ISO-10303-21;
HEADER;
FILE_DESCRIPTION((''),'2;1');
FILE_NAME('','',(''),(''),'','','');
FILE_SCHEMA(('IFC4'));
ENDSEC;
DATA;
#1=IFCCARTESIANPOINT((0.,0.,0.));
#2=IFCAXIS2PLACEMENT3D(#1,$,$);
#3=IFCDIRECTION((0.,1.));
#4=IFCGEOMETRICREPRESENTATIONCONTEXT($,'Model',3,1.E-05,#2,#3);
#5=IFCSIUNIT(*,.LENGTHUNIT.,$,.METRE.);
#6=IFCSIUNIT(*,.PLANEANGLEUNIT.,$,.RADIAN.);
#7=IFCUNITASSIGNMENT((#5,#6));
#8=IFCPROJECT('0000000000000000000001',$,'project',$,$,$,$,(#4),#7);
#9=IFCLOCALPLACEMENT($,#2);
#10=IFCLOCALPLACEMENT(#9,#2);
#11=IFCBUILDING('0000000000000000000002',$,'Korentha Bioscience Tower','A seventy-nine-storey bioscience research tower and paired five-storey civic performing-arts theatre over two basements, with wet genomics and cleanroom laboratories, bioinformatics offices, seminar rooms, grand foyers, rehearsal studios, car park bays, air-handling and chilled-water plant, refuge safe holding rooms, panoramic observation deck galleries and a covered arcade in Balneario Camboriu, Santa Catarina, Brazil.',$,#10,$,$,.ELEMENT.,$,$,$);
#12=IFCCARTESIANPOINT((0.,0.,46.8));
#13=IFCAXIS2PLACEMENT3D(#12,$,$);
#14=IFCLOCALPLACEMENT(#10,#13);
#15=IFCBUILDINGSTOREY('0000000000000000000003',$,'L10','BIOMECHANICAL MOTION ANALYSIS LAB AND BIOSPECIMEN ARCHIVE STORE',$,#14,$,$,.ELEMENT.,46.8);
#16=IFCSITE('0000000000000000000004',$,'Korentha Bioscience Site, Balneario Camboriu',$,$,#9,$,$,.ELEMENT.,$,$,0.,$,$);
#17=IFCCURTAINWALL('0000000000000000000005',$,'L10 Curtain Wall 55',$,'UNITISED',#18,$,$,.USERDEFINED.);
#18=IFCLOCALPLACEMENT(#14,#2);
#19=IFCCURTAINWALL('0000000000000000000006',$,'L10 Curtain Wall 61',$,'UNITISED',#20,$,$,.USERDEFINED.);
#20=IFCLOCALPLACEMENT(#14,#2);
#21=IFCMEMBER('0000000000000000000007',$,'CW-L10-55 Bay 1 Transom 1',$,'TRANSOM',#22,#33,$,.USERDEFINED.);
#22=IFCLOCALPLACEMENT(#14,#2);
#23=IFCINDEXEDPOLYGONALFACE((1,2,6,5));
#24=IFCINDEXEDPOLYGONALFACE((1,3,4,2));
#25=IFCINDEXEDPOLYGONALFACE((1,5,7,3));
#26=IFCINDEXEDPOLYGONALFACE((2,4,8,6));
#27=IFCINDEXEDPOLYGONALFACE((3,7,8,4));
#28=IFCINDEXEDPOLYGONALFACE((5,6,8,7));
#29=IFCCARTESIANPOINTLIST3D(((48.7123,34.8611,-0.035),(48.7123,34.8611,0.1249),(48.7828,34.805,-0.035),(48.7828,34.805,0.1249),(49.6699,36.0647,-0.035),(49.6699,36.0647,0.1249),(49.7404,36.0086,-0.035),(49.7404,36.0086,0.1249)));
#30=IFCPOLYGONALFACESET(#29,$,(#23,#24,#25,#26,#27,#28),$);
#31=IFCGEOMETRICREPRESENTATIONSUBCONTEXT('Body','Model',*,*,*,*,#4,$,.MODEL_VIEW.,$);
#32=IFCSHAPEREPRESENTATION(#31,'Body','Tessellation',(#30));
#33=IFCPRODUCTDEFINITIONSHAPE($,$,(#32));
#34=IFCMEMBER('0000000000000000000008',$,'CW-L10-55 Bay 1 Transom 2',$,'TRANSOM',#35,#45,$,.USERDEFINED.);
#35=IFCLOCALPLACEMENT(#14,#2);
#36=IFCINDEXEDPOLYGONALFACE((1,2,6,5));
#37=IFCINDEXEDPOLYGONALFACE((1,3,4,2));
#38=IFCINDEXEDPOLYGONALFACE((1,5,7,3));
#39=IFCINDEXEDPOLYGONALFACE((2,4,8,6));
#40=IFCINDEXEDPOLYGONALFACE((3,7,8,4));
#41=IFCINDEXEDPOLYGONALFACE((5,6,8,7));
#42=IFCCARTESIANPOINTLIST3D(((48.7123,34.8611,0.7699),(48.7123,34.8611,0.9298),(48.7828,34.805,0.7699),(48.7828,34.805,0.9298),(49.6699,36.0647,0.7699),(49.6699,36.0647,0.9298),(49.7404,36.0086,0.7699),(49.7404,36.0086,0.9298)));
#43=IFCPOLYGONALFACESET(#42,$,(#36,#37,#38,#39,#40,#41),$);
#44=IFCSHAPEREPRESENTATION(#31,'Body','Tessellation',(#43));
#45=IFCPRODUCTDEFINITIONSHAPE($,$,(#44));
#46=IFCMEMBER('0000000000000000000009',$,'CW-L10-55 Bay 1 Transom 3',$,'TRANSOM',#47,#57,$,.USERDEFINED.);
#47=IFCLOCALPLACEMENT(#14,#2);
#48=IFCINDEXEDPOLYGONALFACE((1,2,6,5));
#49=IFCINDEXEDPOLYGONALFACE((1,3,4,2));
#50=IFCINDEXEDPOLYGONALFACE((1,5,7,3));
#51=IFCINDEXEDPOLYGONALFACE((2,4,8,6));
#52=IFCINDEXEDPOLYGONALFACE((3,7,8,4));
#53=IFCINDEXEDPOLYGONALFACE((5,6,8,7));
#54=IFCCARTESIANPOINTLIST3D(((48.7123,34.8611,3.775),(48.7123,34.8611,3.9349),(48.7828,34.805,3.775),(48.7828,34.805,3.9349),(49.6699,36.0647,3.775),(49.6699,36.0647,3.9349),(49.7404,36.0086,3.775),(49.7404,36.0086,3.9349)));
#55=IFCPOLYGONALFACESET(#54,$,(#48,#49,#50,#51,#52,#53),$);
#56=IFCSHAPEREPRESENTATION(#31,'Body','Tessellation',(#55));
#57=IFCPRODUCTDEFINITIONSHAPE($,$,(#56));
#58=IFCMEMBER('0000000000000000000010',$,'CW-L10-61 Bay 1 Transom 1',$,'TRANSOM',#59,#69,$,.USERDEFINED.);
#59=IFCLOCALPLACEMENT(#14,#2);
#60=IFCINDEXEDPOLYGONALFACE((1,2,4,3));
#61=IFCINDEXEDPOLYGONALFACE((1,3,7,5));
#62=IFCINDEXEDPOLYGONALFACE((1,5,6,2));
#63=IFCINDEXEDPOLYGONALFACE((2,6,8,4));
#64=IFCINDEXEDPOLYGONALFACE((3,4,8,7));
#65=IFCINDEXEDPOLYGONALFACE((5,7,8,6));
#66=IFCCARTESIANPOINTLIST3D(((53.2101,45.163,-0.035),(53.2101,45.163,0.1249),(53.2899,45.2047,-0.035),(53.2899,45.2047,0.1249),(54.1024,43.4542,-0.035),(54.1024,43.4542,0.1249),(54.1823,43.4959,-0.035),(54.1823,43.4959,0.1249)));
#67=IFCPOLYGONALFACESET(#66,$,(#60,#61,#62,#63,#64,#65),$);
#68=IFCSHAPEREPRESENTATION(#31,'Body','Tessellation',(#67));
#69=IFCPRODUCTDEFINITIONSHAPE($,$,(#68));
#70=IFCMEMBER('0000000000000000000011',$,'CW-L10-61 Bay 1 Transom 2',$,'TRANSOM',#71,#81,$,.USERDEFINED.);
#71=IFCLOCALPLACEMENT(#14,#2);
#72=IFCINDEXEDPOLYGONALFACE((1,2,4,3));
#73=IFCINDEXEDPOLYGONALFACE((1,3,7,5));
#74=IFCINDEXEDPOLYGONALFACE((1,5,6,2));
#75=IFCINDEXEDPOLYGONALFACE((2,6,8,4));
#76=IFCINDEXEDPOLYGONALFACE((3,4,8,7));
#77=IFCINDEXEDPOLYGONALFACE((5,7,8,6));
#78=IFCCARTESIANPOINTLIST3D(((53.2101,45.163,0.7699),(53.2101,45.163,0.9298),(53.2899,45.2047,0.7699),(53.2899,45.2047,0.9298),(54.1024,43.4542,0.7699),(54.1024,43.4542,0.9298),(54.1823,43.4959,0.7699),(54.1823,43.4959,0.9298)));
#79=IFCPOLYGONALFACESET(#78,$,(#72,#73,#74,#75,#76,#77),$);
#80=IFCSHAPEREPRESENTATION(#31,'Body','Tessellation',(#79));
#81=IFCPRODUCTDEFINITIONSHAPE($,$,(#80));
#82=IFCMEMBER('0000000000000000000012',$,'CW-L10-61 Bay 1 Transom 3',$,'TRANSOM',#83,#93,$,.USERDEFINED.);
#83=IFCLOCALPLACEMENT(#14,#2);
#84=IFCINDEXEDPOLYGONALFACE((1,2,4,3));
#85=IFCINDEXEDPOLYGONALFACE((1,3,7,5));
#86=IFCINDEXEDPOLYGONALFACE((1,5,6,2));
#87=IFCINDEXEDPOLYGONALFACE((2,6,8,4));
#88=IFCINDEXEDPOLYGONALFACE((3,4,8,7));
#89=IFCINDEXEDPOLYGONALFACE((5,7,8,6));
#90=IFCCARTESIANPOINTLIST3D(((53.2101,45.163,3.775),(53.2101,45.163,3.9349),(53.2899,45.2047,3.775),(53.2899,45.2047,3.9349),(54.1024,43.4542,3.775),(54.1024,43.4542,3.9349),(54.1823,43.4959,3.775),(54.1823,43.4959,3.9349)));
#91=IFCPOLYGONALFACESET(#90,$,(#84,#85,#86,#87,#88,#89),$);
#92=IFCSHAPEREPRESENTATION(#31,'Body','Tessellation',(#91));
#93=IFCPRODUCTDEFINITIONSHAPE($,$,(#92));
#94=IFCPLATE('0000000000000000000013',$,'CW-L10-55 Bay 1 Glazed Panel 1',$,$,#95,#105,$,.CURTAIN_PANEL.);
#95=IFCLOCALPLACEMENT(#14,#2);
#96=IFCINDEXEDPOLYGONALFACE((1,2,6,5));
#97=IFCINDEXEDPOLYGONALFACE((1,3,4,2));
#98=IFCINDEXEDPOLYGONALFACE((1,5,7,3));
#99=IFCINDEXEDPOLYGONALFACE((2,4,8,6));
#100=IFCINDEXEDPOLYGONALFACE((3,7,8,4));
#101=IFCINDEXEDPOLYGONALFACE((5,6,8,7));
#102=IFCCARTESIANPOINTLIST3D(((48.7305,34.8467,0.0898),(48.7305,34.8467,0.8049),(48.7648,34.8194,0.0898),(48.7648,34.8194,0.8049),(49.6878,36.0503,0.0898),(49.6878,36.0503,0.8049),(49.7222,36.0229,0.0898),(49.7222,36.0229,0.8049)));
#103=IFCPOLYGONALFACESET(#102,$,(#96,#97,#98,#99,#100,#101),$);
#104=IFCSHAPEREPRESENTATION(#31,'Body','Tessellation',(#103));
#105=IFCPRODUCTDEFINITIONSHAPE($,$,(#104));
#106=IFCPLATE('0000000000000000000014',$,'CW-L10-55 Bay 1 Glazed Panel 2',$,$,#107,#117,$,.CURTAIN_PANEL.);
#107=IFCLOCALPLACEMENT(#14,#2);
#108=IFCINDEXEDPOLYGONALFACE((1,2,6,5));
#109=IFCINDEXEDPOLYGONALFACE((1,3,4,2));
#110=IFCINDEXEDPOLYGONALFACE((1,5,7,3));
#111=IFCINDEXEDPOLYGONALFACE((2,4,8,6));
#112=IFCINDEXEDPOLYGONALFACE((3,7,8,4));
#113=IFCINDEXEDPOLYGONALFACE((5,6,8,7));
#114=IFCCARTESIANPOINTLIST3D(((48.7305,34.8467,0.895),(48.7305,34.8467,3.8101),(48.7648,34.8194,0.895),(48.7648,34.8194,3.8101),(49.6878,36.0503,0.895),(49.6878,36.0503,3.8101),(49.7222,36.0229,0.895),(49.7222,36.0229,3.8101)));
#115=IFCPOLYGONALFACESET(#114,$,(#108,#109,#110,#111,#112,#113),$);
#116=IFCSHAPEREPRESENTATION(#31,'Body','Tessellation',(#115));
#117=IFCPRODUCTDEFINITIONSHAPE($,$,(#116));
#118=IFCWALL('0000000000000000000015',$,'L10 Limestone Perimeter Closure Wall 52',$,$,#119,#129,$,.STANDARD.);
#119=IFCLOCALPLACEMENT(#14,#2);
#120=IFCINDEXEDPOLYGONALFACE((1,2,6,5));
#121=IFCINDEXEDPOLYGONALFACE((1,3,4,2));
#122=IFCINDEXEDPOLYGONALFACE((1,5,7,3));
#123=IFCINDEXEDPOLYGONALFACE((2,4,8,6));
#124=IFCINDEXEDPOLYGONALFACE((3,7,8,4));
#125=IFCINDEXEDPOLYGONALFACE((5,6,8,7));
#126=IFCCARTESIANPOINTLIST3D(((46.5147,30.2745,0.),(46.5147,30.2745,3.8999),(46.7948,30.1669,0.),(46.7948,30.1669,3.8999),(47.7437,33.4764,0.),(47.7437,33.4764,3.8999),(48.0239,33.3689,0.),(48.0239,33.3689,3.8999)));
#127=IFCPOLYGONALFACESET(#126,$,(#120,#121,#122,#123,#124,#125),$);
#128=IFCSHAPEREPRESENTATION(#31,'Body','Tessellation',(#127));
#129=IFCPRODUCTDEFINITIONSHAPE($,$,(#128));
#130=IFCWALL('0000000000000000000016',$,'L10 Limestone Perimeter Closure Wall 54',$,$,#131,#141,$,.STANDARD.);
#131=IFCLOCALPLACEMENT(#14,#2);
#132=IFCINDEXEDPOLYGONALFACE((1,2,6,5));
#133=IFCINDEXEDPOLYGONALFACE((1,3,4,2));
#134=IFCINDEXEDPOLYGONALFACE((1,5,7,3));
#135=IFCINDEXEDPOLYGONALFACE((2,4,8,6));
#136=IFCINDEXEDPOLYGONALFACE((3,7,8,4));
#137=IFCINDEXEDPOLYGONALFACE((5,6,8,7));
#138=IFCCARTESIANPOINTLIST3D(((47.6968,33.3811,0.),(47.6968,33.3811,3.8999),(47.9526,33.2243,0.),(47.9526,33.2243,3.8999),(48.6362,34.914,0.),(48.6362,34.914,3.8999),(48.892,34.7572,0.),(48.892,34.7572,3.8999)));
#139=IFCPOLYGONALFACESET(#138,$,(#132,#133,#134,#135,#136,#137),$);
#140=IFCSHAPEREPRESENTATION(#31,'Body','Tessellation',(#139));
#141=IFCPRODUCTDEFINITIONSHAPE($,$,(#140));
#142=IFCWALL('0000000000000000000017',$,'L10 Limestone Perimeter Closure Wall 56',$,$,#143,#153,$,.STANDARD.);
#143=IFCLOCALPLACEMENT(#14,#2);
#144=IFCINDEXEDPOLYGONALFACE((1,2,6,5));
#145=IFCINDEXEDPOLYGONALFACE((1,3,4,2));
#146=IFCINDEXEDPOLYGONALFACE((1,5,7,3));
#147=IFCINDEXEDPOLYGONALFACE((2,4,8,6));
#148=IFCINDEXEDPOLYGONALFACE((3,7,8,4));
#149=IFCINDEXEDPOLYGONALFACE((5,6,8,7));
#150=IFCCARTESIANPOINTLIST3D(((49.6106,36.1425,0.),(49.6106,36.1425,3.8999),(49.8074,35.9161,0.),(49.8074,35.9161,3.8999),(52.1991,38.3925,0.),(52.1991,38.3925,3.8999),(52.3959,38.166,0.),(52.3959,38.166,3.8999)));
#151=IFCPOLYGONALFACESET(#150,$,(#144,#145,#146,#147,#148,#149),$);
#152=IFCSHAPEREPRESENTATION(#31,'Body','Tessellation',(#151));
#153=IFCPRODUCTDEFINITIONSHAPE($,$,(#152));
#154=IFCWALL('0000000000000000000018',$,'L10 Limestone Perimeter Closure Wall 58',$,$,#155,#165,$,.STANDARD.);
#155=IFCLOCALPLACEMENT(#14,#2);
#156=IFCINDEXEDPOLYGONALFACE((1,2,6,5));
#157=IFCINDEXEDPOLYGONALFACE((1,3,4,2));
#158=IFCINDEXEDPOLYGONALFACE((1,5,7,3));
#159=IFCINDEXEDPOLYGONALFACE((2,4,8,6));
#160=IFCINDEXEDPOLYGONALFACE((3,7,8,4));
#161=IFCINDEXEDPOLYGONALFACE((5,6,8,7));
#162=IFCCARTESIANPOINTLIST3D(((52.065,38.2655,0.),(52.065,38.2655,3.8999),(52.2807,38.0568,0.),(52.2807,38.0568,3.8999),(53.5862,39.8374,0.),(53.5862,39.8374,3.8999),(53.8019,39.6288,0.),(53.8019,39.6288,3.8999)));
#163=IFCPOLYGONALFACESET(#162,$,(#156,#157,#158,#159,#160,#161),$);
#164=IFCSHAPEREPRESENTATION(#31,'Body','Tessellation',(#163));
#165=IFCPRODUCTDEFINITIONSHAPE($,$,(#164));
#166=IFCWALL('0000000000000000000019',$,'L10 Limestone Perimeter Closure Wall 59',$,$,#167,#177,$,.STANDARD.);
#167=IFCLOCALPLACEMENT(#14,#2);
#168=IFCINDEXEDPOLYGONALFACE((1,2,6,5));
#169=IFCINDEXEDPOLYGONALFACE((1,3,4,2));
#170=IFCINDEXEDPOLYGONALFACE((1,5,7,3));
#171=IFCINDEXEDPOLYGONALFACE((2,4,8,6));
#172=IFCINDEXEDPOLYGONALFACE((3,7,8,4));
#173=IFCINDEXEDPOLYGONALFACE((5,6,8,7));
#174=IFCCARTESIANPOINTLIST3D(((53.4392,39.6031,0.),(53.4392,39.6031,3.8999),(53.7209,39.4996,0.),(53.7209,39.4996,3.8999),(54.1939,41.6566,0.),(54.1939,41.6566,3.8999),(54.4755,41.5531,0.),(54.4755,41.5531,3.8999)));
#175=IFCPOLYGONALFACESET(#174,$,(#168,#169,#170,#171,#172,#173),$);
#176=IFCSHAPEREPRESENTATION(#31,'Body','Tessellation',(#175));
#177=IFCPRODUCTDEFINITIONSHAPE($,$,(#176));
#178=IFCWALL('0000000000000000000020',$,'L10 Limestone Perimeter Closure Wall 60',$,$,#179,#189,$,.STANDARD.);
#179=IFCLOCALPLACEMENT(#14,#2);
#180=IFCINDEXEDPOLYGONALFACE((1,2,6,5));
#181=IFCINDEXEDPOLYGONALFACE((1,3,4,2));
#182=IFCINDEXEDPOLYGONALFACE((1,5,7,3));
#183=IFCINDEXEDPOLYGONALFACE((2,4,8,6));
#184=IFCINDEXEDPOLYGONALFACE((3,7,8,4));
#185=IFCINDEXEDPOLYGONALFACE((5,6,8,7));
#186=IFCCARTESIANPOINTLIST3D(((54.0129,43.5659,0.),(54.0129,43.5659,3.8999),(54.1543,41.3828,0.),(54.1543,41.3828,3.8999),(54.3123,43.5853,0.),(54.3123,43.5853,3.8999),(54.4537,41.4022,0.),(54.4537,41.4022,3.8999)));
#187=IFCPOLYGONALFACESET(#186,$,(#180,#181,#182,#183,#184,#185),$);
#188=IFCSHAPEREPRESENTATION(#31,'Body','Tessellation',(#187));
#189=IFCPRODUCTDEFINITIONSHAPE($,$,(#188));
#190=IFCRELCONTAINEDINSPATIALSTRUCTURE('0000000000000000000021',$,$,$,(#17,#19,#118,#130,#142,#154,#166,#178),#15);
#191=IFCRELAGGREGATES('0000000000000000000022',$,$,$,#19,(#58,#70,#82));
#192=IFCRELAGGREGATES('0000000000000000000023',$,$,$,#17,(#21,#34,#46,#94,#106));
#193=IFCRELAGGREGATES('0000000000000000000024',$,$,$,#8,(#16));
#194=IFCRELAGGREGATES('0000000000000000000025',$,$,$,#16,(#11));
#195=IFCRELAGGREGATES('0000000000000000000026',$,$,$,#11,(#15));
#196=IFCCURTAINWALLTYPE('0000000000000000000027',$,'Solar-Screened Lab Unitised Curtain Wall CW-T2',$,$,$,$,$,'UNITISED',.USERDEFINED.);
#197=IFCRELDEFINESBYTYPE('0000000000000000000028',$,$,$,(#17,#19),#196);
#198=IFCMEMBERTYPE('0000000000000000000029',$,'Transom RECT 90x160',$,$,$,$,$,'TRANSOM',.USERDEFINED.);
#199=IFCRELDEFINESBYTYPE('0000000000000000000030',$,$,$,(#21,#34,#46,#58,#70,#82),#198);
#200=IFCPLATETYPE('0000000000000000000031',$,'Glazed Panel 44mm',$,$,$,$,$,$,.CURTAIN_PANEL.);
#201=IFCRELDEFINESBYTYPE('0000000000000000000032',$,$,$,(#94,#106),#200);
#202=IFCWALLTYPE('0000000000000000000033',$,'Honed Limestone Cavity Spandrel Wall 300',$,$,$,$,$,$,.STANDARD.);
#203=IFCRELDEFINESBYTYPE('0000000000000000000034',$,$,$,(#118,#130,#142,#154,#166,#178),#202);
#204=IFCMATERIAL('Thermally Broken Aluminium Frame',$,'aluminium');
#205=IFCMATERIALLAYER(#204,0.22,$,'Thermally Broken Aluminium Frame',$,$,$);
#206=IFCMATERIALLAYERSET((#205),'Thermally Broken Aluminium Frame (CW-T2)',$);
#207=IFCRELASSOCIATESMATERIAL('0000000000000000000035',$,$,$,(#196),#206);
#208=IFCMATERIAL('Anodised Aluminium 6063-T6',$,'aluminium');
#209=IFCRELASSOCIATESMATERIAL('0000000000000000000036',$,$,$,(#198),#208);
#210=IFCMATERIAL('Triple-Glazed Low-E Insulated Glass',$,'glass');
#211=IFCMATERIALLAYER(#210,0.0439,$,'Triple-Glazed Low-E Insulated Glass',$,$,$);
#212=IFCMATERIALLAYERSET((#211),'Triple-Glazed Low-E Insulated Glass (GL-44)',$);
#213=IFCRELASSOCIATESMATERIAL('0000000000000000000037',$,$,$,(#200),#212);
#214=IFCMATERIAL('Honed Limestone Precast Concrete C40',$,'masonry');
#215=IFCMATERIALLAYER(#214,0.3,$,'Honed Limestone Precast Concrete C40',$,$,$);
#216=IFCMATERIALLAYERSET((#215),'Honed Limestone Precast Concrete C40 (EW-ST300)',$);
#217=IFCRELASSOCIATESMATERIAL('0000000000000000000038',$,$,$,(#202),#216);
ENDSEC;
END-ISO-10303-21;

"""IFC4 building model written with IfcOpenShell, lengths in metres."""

from ifc_helpers import new_model, si_unit, direction, frame, frame_2d, origin, origin_2d, place, context, subcontext, project, spatial, rectangle, extrude, material, layer, layer_set, material_profile, profile_set, type_object, element, aggregate, save


model = new_model("IFC4")

# Units and contexts
model_context = context("Model", 3, precision=1e-05, world=origin(), true_north=direction((0.0, 1.0)))
body_context = subcontext(model_context, "Body", "Model", "MODEL_VIEW")
ifc_project = project(units=[si_unit("LENGTHUNIT", "METRE"), si_unit("PLANEANGLEUNIT", "RADIAN")], contexts=[model_context])

# Site, building, storey
site_placement = place(None, origin())
site = spatial("IfcSite", under=ifc_project, at=site_placement, Name="Korentha Bioscience Site, Balneario Camboriu", CompositionType="ELEMENT", RefElevation=0.0)
building_placement = place(site_placement, origin())
building = spatial("IfcBuilding", under=site, at=building_placement, Name="Korentha Bioscience Tower", Description="A seventy-nine-storey bioscience research tower and paired five-storey civic performing-arts theatre over two basements, with wet genomics and cleanroom laboratories, bioinformatics offices, seminar rooms, grand foyers, rehearsal studios, car park bays, air-handling and chilled-water plant, refuge safe holding rooms, panoramic observation deck galleries and a covered arcade in Balneario Camboriu, Santa Catarina, Brazil.", CompositionType="ELEMENT")
storey_placement = place(building_placement, frame((0.0, 0.0, 46.8)))
storey = spatial("IfcBuildingStorey", under=building, at=storey_placement, Name="L10", Description="BIOMECHANICAL MOTION ANALYSIS LAB AND BIOSPECIMEN ARCHIVE STORE", CompositionType="ELEMENT", Elevation=46.8)

# Curtain wall
ifc_material_1 = material(Name="Thermally Broken Aluminium Frame", Category="aluminium")
ifc_layer_1 = layer(ifc_material_1, 0.22, Name="Thermally Broken Aluminium Frame")
ifc_layer_set_1 = layer_set([ifc_layer_1], Name="Thermally Broken Aluminium Frame (CW-T2)")
curtain_wall_type = type_object("IfcCurtainWallType", Name="Solar-Screened Lab Unitised Curtain Wall CW-T2", ElementType="UNITISED", PredefinedType="USERDEFINED", material=ifc_layer_set_1)
curtain_wall_1_placement = place(storey_placement, origin())
curtain_wall_1 = element("IfcCurtainWall", 1, at=curtain_wall_1_placement, inside=storey, type_object=curtain_wall_type, Name="L10 Curtain Wall 55", ObjectType="UNITISED", PredefinedType="USERDEFINED")
ifc_material_2 = material(Name="Anodised Aluminium 6063-T6", Category="aluminium")

# Curtain wall
curtain_wall_2_placement = place(storey_placement, origin())
curtain_wall_2 = element("IfcCurtainWall", 2, at=curtain_wall_2_placement, inside=storey, type_object=curtain_wall_type, Name="L10 Curtain Wall 61", ObjectType="UNITISED", PredefinedType="USERDEFINED")

# Members
ifc_material_profile_1 = material_profile(ifc_material_2, rectangle(XDim=0.0901, YDim=0.1599, at=origin_2d()), Name="Anodised Aluminium 6063-T6")
ifc_profile_set_1 = profile_set([ifc_material_profile_1], Name="Anodised Aluminium 6063-T6 (CW-TRN)")
member_type_1 = type_object("IfcMemberType", Name="Transom RECT 90x160", ElementType="TRANSOM", PredefinedType="USERDEFINED", material=ifc_profile_set_1)
member_1_placement = place(storey_placement, frame((48.7476, 34.833, 0.0449), z_axis=(0.622563, 0.782569, 0.0), x_axis=(-0.782569, 0.622563, 0.0)))
member_1 = element("IfcMember", 3, at=member_1_placement, type_object=member_type_1, Name="CW-L10-55 Bay 1 Transom 1", ObjectType="TRANSOM", PredefinedType="USERDEFINED", context=body_context, shape_type="SweptSolid", body=[
    extrude(rectangle(XDim=0.0901, YDim=0.1599, at=origin_2d()), origin(), (0.0, 0.0, 1.0), 1.5381),
])
member_2_placement = place(storey_placement, frame((48.7476, 34.833, 0.8499), z_axis=(0.622563, 0.782569, 0.0), x_axis=(-0.782569, 0.622563, 0.0)))
member_2 = element("IfcMember", 4, at=member_2_placement, type_object=member_type_1, Name="CW-L10-55 Bay 1 Transom 2", ObjectType="TRANSOM", PredefinedType="USERDEFINED", context=body_context, shape_type="SweptSolid", body=[
    extrude(rectangle(XDim=0.0901, YDim=0.1599, at=origin_2d()), origin(), (0.0, 0.0, 1.0), 1.5381),
])
member_3_placement = place(storey_placement, frame((48.7476, 34.833, 3.855), z_axis=(0.622563, 0.782569, 0.0), x_axis=(-0.782569, 0.622563, 0.0)))
member_3 = element("IfcMember", 5, at=member_3_placement, type_object=member_type_1, Name="CW-L10-55 Bay 1 Transom 3", ObjectType="TRANSOM", PredefinedType="USERDEFINED", context=body_context, shape_type="SweptSolid", body=[
    extrude(rectangle(XDim=0.0901, YDim=0.1599, at=origin_2d()), origin(), (0.0, 0.0, 1.0), 1.5381),
])
member_4_placement = place(storey_placement, frame((54.1423, 43.4751, 0.0449), z_axis=(-0.462899, 0.886411, 0.0), x_axis=(-0.886411, -0.462899, 0.0)))
member_4 = element("IfcMember", 6, at=member_4_placement, type_object=member_type_1, Name="CW-L10-61 Bay 1 Transom 1", ObjectType="TRANSOM", PredefinedType="USERDEFINED", context=body_context, shape_type="SweptSolid", body=[
    extrude(rectangle(XDim=0.0901, YDim=0.1599, at=origin_2d()), origin(), (0.0, 0.0, 1.0), 1.9277),
])
member_5_placement = place(storey_placement, frame((54.1423, 43.4751, 0.8499), z_axis=(-0.462899, 0.886411, 0.0), x_axis=(-0.886411, -0.462899, 0.0)))
member_5 = element("IfcMember", 7, at=member_5_placement, type_object=member_type_1, Name="CW-L10-61 Bay 1 Transom 2", ObjectType="TRANSOM", PredefinedType="USERDEFINED", context=body_context, shape_type="SweptSolid", body=[
    extrude(rectangle(XDim=0.0901, YDim=0.1599, at=origin_2d()), origin(), (0.0, 0.0, 1.0), 1.9277),
])
member_6_placement = place(storey_placement, frame((54.1423, 43.4751, 3.855), z_axis=(-0.462899, 0.886411, 0.0), x_axis=(-0.886411, -0.462899, 0.0)))
member_6 = element("IfcMember", 8, at=member_6_placement, type_object=member_type_1, Name="CW-L10-61 Bay 1 Transom 3", ObjectType="TRANSOM", PredefinedType="USERDEFINED", context=body_context, shape_type="SweptSolid", body=[
    extrude(rectangle(XDim=0.0901, YDim=0.1599, at=origin_2d()), origin(), (0.0, 0.0, 1.0), 1.9277),
])
aggregate(curtain_wall_2, [member_4, member_5, member_6])

# Plates
ifc_material_3 = material(Name="Triple-Glazed Low-E Insulated Glass", Category="glass")
ifc_layer_2 = layer(ifc_material_3, 0.0439, Name="Triple-Glazed Low-E Insulated Glass")
ifc_layer_set_2 = layer_set([ifc_layer_2], Name="Triple-Glazed Low-E Insulated Glass (GL-44)")
plate_type = type_object("IfcPlateType", Name="Glazed Panel 44mm", PredefinedType="CURTAIN_PANEL", material=ifc_layer_set_2)
plate_1_placement = place(storey_placement, frame((49.2263, 35.4348, 0.0898), z_axis=(0.0, 0.0, 1.0), x_axis=(0.62252, 0.782604, 0.0)))
plate_1 = element("IfcPlate", 9, at=plate_1_placement, type_object=plate_type, Name="CW-L10-55 Bay 1 Glazed Panel 1", PredefinedType="CURTAIN_PANEL", context=body_context, shape_type="SweptSolid", body=[
    extrude(rectangle(XDim=1.5378, YDim=0.0439, at=origin_2d()), origin(), (0.0, 0.0, 1.0), 0.7151),
])
plate_2_placement = place(storey_placement, frame((49.2263, 35.4348, 0.895), z_axis=(0.0, 0.0, 1.0), x_axis=(0.62252, 0.782604, 0.0)))
plate_2 = element("IfcPlate", 10, at=plate_2_placement, type_object=plate_type, Name="CW-L10-55 Bay 1 Glazed Panel 2", PredefinedType="CURTAIN_PANEL", context=body_context, shape_type="SweptSolid", body=[
    extrude(rectangle(XDim=1.5378, YDim=0.0439, at=origin_2d()), origin(), (0.0, 0.0, 1.0), 2.915),
])
aggregate(curtain_wall_1, [member_1, member_2, member_3, plate_1, plate_2])

# Walls
ifc_material_4 = material(Name="Honed Limestone Precast Concrete C40", Category="masonry")
ifc_layer_3 = layer(ifc_material_4, 0.3, Name="Honed Limestone Precast Concrete C40")
ifc_layer_set_3 = layer_set([ifc_layer_3], Name="Honed Limestone Precast Concrete C40 (EW-ST300)")
wall_type = type_object("IfcWallType", Name="Honed Limestone Cavity Spandrel Wall 300", PredefinedType="STANDARD", material=ifc_layer_set_3)
wall_1_placement = place(storey_placement, frame((46.6548, 30.2207, 0.0), z_axis=(0.0, 0.0, 1.0), x_axis=(0.358345, 0.933589, 0.0)))
element("IfcWall", 11, at=wall_1_placement, inside=storey, type_object=wall_type, Name="L10 Limestone Perimeter Closure Wall 52", PredefinedType="STANDARD", context=body_context, shape_type="SweptSolid", body=[
    extrude(rectangle(XDim=3.4297, YDim=0.3, at=frame_2d((1.7148, 0.0))), origin(), (0.0, 0.0, 1.0), 3.8999),
])
wall_2_placement = place(storey_placement, frame((47.8247, 33.3027, 0.0), z_axis=(0.0, 0.0, 1.0), x_axis=(0.522521, 0.852627, 0.0)))
element("IfcWall", 12, at=wall_2_placement, inside=storey, type_object=wall_type, Name="L10 Limestone Perimeter Closure Wall 54", PredefinedType="STANDARD", context=body_context, shape_type="SweptSolid", body=[
    extrude(rectangle(XDim=1.7979, YDim=0.3, at=frame_2d((0.8989, 0.0))), origin(), (0.0, 0.0, 1.0), 3.8999),
])
wall_3_placement = place(storey_placement, frame((49.709, 36.0293, 0.0), z_axis=(0.0, 0.0, 1.0), x_axis=(0.754746, 0.656017, 0.0)))
element("IfcWall", 13, at=wall_3_placement, inside=storey, type_object=wall_type, Name="L10 Limestone Perimeter Closure Wall 56", PredefinedType="STANDARD", context=body_context, shape_type="SweptSolid", body=[
    extrude(rectangle(XDim=3.4297, YDim=0.3, at=frame_2d((1.7148, 0.0))), origin(), (0.0, 0.0, 1.0), 3.8999),
])
wall_4_placement = place(storey_placement, frame((52.1729, 38.1611, 0.0), z_axis=(0.0, 0.0, 1.0), x_axis=(0.695405, 0.718618, 0.0)))
element("IfcWall", 14, at=wall_4_placement, inside=storey, type_object=wall_type, Name="L10 Limestone Perimeter Closure Wall 58", PredefinedType="STANDARD", context=body_context, shape_type="SweptSolid", body=[
    extrude(rectangle(XDim=2.1875, YDim=0.3, at=frame_2d((1.0938, 0.0))), origin(), (0.0, 0.0, 1.0), 3.8999),
])
for number, where, z_axis, x_axis, name in (
    (15, (53.5801, 39.5515, 0.0), (0.0, 0.0, 1.0), (0.34494, 0.938625, 0.0), "L10 Limestone Perimeter Closure Wall 59"),
    (16, (54.304, 41.3926, 0.0), (0.0, 0.0, 1.0), (-0.064615, 0.99791, 0.0), "L10 Limestone Perimeter Closure Wall 60"),
):
    element("IfcWall", number, at=place(storey_placement, frame(where, z_axis=z_axis, x_axis=x_axis)), inside=storey, type_object=wall_type, Name=name, PredefinedType="STANDARD", context=body_context, shape_type="SweptSolid", body=[
        extrude(rectangle(XDim=2.1877, YDim=0.3, at=frame_2d((1.0938, 0.0))), origin(), (0.0, 0.0, 1.0), 3.8999),
    ])

save(model, "model.ifc")
